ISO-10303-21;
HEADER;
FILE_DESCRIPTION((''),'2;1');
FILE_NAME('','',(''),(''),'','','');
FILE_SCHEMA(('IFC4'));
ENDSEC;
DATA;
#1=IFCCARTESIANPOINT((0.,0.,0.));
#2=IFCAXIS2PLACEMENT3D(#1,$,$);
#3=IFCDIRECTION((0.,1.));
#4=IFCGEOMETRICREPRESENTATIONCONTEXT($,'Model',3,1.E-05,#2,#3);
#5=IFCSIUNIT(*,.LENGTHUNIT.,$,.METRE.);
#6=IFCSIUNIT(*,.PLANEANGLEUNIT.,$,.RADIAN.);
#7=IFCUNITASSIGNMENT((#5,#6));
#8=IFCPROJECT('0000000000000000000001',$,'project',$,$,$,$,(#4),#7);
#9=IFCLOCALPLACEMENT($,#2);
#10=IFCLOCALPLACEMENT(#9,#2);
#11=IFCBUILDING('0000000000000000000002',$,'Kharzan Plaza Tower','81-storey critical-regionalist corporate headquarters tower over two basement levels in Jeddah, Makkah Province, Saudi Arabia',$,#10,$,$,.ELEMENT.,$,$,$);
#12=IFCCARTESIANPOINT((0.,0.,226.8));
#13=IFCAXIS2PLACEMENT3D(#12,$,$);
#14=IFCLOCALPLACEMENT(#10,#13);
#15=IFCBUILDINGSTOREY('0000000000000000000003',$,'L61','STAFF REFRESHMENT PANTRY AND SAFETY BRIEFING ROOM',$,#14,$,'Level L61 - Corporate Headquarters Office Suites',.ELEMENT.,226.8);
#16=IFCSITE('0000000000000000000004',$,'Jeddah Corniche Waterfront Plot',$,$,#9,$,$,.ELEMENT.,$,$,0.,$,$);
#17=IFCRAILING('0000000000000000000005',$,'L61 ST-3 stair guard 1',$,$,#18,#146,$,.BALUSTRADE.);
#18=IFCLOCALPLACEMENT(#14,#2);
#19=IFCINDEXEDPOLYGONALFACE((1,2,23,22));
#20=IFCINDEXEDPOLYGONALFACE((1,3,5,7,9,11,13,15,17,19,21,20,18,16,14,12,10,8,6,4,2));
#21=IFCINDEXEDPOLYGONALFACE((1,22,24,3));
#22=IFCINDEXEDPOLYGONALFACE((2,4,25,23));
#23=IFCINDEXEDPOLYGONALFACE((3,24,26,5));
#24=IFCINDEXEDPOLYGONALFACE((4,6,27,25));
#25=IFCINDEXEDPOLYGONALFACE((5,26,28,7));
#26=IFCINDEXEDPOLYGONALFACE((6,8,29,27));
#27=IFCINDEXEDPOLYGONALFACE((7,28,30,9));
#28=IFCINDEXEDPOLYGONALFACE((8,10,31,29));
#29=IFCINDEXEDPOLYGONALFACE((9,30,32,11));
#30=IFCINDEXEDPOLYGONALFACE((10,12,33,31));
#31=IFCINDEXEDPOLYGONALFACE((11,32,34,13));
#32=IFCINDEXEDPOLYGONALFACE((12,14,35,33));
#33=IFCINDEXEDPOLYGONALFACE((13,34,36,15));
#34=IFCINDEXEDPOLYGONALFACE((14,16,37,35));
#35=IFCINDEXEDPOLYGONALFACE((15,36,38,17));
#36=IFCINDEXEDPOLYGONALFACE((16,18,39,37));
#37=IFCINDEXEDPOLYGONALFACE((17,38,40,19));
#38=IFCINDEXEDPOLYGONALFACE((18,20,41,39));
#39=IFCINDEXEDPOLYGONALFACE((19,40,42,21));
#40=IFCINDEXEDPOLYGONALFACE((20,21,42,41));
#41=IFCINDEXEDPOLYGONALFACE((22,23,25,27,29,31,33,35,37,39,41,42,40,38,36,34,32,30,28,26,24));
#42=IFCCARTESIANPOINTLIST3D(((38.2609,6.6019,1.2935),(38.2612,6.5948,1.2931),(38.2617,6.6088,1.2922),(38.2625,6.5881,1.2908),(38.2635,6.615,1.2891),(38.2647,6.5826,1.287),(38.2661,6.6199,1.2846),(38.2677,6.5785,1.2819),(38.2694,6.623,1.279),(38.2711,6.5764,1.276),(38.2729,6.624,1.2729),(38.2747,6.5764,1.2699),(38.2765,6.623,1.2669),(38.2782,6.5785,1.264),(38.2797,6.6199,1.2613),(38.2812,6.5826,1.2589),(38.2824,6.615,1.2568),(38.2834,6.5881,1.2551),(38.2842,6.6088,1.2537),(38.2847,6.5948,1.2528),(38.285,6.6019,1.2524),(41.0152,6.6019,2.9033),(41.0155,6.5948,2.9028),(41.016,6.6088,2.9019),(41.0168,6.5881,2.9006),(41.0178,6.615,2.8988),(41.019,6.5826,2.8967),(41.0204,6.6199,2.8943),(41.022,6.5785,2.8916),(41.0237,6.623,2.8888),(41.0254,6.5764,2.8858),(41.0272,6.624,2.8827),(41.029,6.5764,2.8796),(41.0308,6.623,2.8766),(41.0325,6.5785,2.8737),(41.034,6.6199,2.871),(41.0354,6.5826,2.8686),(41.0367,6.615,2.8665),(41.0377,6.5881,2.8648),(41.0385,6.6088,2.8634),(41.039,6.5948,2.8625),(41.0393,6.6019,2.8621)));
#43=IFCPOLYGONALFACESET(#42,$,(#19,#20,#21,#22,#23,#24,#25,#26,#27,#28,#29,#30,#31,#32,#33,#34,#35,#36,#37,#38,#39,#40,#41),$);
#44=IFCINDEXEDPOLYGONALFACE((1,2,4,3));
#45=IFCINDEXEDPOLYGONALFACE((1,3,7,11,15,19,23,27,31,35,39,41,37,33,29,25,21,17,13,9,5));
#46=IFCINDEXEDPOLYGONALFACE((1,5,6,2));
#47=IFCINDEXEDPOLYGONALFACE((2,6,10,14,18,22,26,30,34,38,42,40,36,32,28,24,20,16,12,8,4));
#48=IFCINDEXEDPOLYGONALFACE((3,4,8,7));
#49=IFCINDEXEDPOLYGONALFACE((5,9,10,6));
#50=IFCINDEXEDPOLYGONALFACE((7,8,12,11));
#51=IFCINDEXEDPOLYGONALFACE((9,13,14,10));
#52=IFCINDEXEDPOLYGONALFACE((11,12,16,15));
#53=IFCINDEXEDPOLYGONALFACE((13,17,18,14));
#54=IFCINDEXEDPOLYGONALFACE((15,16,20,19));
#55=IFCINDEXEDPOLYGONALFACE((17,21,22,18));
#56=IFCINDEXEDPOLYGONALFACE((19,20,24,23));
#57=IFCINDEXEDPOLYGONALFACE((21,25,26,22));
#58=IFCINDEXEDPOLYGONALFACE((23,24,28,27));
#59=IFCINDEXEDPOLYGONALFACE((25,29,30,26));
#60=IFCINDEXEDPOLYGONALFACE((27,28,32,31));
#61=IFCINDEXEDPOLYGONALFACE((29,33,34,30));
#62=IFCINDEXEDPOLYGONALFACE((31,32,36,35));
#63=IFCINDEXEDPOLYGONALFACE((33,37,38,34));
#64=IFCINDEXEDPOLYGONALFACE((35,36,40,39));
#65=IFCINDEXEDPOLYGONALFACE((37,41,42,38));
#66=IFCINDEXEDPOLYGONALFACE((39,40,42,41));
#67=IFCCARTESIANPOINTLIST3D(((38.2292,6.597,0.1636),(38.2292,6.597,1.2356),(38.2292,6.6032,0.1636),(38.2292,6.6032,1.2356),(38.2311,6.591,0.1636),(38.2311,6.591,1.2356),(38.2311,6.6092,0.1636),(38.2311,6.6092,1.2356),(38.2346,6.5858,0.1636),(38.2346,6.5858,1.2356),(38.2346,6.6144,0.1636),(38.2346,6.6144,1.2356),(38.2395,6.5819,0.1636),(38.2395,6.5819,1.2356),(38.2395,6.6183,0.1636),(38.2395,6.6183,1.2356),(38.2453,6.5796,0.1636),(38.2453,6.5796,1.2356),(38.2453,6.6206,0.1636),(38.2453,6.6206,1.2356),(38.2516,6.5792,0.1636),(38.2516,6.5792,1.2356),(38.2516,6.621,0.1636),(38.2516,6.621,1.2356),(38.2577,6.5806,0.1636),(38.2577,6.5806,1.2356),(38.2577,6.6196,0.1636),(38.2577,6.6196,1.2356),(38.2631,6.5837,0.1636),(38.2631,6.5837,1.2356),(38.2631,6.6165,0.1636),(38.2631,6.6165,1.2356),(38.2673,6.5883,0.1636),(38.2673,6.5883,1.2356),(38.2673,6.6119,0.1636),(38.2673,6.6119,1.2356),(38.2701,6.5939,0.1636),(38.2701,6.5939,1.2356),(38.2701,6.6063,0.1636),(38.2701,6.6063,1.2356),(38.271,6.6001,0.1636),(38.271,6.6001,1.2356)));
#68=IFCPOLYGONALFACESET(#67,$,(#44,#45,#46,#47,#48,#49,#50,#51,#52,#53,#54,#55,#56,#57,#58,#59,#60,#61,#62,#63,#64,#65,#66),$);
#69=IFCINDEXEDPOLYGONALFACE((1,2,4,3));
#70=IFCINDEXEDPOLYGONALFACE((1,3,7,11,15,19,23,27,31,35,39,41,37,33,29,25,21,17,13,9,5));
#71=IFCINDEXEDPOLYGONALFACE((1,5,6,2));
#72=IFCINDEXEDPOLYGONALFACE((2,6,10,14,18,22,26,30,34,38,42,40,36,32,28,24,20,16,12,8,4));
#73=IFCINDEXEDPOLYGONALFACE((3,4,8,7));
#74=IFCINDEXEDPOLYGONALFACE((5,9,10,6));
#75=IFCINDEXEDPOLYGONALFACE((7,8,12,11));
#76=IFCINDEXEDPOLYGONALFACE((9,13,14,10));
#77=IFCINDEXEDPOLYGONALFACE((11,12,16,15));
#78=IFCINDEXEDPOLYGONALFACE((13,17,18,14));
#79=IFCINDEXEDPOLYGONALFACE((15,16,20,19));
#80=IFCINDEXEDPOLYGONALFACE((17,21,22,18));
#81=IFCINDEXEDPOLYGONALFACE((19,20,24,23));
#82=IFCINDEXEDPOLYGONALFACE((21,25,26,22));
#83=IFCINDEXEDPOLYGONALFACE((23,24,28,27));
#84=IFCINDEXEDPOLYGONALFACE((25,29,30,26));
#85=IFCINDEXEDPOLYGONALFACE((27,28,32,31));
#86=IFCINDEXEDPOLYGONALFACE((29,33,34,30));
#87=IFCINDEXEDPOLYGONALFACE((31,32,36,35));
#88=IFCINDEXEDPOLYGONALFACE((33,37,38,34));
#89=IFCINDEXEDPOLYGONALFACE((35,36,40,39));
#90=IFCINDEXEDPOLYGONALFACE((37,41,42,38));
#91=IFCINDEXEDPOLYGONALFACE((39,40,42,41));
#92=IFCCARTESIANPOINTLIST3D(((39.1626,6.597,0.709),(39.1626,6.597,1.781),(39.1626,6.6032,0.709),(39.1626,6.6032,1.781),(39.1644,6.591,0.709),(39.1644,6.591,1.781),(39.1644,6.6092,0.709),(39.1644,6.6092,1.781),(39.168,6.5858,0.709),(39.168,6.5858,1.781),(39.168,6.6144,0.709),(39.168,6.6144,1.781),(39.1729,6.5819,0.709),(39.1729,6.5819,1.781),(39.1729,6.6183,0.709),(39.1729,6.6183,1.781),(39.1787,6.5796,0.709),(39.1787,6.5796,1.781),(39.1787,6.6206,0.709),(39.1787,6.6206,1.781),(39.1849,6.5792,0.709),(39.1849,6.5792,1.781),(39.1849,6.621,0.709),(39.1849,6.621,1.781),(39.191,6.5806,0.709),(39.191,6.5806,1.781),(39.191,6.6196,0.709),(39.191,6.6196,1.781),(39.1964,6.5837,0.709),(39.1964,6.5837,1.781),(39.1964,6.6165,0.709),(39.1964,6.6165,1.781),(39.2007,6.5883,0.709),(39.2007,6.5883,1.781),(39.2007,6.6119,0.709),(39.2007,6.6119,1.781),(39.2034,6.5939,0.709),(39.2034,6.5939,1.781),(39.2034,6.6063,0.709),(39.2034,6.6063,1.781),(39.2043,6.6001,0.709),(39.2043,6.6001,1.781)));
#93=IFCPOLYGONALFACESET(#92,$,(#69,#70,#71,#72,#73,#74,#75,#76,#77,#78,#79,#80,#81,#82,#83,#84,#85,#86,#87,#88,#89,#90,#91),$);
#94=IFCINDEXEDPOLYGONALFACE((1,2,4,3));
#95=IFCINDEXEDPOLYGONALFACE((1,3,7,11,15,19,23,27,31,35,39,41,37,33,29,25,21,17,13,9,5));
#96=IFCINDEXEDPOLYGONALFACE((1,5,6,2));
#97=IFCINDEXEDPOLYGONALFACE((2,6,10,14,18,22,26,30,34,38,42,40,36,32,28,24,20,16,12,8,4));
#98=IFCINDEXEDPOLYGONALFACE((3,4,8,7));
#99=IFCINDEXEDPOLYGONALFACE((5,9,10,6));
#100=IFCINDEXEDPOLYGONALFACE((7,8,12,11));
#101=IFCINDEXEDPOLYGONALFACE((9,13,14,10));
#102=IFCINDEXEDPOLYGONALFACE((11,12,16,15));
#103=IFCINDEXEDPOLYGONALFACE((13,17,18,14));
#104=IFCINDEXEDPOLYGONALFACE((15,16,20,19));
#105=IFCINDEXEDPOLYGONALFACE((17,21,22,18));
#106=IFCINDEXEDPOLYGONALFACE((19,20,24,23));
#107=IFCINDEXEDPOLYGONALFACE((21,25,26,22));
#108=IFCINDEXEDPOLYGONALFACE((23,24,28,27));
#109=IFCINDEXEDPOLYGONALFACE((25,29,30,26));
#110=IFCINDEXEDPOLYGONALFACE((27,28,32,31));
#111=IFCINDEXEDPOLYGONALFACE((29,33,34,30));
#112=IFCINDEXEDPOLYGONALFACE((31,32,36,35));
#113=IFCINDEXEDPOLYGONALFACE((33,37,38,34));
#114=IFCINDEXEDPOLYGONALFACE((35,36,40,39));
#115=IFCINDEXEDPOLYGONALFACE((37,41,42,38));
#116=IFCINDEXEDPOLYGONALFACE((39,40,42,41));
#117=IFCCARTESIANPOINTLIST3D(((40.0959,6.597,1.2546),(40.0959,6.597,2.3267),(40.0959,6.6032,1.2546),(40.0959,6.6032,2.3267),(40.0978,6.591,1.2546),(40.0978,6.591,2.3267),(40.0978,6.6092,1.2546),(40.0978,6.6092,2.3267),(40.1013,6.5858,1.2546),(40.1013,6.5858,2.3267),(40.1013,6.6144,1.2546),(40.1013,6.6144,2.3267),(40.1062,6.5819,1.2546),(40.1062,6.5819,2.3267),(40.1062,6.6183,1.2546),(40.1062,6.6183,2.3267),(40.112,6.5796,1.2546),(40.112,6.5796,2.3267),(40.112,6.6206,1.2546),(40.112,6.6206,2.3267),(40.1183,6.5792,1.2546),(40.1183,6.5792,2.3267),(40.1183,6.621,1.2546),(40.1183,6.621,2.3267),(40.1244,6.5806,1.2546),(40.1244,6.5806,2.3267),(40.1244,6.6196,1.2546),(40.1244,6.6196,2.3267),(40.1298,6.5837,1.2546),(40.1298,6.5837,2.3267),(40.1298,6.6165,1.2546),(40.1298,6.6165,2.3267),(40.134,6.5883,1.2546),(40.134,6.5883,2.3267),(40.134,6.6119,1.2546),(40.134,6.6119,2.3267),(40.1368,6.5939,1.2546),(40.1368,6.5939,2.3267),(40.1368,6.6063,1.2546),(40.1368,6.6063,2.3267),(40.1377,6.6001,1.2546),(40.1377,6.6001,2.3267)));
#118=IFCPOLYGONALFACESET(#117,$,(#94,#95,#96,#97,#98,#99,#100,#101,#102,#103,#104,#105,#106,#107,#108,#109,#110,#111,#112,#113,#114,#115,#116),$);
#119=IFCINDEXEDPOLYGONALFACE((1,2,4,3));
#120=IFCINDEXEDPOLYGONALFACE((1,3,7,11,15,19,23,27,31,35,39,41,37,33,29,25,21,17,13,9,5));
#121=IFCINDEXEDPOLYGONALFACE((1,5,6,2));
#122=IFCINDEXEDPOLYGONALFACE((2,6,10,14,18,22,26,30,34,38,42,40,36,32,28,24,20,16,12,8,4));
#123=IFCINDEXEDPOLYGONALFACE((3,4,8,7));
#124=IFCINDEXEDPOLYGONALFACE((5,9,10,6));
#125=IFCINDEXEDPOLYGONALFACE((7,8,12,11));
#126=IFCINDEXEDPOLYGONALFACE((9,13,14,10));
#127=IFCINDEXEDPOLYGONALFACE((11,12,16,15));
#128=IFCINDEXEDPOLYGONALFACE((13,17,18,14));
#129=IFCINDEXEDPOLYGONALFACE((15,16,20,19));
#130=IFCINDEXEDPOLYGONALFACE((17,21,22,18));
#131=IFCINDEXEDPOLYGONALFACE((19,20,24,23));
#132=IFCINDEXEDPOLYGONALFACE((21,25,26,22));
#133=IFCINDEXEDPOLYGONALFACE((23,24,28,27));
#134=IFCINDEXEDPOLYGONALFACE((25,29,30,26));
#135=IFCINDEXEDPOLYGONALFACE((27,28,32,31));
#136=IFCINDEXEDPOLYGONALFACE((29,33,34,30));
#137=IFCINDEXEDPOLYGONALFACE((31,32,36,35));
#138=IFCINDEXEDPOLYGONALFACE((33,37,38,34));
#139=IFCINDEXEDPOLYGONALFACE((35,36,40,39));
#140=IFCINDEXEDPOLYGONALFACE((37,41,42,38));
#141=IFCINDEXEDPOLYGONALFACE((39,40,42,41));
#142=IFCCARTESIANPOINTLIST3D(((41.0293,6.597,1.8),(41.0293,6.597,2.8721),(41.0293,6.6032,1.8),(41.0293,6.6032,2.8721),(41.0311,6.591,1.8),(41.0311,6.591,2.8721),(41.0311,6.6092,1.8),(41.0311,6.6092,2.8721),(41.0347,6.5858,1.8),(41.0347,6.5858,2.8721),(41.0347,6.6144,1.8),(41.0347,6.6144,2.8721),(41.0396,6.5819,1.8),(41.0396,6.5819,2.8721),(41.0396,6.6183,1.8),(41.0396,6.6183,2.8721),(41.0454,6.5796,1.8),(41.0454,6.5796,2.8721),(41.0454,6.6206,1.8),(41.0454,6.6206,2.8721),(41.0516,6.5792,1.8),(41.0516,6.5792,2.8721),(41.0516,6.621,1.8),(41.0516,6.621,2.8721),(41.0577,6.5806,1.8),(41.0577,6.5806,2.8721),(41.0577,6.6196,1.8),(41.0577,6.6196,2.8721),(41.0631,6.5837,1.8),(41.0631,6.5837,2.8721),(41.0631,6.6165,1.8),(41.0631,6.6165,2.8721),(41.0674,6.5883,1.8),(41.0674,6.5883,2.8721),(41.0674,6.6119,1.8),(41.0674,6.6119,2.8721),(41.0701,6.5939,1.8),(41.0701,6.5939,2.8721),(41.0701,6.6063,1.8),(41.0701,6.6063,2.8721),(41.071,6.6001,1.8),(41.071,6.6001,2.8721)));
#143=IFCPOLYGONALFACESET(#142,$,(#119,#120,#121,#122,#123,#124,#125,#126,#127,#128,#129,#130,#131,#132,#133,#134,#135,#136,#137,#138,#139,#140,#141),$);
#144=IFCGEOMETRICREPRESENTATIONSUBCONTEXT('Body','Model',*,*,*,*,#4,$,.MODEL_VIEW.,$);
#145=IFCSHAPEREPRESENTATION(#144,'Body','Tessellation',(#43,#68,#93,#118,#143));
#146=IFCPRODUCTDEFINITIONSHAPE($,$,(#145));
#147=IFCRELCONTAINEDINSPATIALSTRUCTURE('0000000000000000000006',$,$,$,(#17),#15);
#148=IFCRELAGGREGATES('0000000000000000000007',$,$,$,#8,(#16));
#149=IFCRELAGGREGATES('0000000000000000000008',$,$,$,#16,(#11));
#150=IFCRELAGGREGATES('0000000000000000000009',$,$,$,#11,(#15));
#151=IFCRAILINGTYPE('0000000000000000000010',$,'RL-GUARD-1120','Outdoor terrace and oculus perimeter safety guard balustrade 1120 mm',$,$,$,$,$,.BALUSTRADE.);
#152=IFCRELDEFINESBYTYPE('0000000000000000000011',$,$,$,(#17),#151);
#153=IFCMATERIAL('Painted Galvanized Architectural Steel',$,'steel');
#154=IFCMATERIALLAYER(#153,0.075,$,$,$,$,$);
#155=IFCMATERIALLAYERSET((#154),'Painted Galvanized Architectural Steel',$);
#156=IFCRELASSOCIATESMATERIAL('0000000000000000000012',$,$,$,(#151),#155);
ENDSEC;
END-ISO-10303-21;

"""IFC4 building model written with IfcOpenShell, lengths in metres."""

from ifc_helpers import new_model, si_unit, direction, frame, origin, origin_2d, place, context, subcontext, project, spatial, circle, extrude, source, transform, mapped, material, layer, layer_set, type_object, element, save


model = new_model("IFC4")

# Units and contexts
model_context = context("Model", 3, precision=1e-05, world=origin(), true_north=direction((0.0, 1.0)))
body_context = subcontext(model_context, "Body", "Model", "MODEL_VIEW")
ifc_project = project(units=[si_unit("LENGTHUNIT", "METRE"), si_unit("PLANEANGLEUNIT", "RADIAN")], contexts=[model_context])

# Site, building, storey
site_placement = place(None, origin())
site = spatial("IfcSite", under=ifc_project, at=site_placement, Name="Jeddah Corniche Waterfront Plot", CompositionType="ELEMENT", RefElevation=0.0)
building_placement = place(site_placement, origin())
building = spatial("IfcBuilding", under=site, at=building_placement, Name="Kharzan Plaza Tower", Description="81-storey critical-regionalist corporate headquarters tower over two basement levels in Jeddah, Makkah Province, Saudi Arabia", CompositionType="ELEMENT")
storey_placement = place(building_placement, frame((0.0, 0.0, 226.8)))
storey = spatial("IfcBuildingStorey", under=building, at=storey_placement, Name="L61", Description="STAFF REFRESHMENT PANTRY AND SAFETY BRIEFING ROOM", LongName="Level L61 - Corporate Headquarters Office Suites", CompositionType="ELEMENT", Elevation=226.8)

# Railing
ifc_material_1 = material(Name="Painted Galvanized Architectural Steel", Category="steel")
ifc_layer_1 = layer(ifc_material_1, 0.075)
ifc_layer_set_1 = layer_set([ifc_layer_1], Name="Painted Galvanized Architectural Steel")
railing_type_1 = type_object("IfcRailingType", Name="RL-GUARD-1120", Description="Outdoor terrace and oculus perimeter safety guard balustrade 1120 mm", PredefinedType="BALUSTRADE", material=ifc_layer_set_1)
shared_shape_1 = source(origin(), body_context, "Body", "SweptSolid", [
    extrude(circle(Radius=0.0239, at=origin_2d()), frame((0.0229, 0.0, 1.1094), z_axis=(0.863361, 0.0, 0.504587), x_axis=(0.0, 1.0, 0.0)), (0.0, 0.0, 1.0), 3.1902),
    extrude(circle(Radius=0.021, at=origin_2d()), origin(), (0.0, 0.0, 1.0), 1.072),
    extrude(circle(Radius=0.021, at=origin_2d()), frame((0.9333, 0.0, 0.5454)), (0.0, 0.0, 1.0), 1.072),
    extrude(circle(Radius=0.021, at=origin_2d()), frame((1.8667, 0.0, 1.0911)), (0.0, 0.0, 1.0), 1.072),
    extrude(circle(Radius=0.021, at=origin_2d()), frame((2.8, 0.0, 1.6365)), (0.0, 0.0, 1.0), 1.072),
])
railing_1_placement = place(storey_placement, frame((38.25, 6.6001, 0.1636)))
element("IfcRailing", 1, at=railing_1_placement, inside=storey, type_object=railing_type_1, Name="L61 ST-3 stair guard 1", PredefinedType="BALUSTRADE", context=body_context, shape_type="MappedRepresentation", body=[
    mapped(shared_shape_1, transform((0.0, 0.0, 0.0), x_axis=(1.0, 0.0, 0.0), y_axis=(0.0, 1.0, 0.0), z_axis=(0.0, 0.0, 1.0))),
])

save(model, "model.ifc")
